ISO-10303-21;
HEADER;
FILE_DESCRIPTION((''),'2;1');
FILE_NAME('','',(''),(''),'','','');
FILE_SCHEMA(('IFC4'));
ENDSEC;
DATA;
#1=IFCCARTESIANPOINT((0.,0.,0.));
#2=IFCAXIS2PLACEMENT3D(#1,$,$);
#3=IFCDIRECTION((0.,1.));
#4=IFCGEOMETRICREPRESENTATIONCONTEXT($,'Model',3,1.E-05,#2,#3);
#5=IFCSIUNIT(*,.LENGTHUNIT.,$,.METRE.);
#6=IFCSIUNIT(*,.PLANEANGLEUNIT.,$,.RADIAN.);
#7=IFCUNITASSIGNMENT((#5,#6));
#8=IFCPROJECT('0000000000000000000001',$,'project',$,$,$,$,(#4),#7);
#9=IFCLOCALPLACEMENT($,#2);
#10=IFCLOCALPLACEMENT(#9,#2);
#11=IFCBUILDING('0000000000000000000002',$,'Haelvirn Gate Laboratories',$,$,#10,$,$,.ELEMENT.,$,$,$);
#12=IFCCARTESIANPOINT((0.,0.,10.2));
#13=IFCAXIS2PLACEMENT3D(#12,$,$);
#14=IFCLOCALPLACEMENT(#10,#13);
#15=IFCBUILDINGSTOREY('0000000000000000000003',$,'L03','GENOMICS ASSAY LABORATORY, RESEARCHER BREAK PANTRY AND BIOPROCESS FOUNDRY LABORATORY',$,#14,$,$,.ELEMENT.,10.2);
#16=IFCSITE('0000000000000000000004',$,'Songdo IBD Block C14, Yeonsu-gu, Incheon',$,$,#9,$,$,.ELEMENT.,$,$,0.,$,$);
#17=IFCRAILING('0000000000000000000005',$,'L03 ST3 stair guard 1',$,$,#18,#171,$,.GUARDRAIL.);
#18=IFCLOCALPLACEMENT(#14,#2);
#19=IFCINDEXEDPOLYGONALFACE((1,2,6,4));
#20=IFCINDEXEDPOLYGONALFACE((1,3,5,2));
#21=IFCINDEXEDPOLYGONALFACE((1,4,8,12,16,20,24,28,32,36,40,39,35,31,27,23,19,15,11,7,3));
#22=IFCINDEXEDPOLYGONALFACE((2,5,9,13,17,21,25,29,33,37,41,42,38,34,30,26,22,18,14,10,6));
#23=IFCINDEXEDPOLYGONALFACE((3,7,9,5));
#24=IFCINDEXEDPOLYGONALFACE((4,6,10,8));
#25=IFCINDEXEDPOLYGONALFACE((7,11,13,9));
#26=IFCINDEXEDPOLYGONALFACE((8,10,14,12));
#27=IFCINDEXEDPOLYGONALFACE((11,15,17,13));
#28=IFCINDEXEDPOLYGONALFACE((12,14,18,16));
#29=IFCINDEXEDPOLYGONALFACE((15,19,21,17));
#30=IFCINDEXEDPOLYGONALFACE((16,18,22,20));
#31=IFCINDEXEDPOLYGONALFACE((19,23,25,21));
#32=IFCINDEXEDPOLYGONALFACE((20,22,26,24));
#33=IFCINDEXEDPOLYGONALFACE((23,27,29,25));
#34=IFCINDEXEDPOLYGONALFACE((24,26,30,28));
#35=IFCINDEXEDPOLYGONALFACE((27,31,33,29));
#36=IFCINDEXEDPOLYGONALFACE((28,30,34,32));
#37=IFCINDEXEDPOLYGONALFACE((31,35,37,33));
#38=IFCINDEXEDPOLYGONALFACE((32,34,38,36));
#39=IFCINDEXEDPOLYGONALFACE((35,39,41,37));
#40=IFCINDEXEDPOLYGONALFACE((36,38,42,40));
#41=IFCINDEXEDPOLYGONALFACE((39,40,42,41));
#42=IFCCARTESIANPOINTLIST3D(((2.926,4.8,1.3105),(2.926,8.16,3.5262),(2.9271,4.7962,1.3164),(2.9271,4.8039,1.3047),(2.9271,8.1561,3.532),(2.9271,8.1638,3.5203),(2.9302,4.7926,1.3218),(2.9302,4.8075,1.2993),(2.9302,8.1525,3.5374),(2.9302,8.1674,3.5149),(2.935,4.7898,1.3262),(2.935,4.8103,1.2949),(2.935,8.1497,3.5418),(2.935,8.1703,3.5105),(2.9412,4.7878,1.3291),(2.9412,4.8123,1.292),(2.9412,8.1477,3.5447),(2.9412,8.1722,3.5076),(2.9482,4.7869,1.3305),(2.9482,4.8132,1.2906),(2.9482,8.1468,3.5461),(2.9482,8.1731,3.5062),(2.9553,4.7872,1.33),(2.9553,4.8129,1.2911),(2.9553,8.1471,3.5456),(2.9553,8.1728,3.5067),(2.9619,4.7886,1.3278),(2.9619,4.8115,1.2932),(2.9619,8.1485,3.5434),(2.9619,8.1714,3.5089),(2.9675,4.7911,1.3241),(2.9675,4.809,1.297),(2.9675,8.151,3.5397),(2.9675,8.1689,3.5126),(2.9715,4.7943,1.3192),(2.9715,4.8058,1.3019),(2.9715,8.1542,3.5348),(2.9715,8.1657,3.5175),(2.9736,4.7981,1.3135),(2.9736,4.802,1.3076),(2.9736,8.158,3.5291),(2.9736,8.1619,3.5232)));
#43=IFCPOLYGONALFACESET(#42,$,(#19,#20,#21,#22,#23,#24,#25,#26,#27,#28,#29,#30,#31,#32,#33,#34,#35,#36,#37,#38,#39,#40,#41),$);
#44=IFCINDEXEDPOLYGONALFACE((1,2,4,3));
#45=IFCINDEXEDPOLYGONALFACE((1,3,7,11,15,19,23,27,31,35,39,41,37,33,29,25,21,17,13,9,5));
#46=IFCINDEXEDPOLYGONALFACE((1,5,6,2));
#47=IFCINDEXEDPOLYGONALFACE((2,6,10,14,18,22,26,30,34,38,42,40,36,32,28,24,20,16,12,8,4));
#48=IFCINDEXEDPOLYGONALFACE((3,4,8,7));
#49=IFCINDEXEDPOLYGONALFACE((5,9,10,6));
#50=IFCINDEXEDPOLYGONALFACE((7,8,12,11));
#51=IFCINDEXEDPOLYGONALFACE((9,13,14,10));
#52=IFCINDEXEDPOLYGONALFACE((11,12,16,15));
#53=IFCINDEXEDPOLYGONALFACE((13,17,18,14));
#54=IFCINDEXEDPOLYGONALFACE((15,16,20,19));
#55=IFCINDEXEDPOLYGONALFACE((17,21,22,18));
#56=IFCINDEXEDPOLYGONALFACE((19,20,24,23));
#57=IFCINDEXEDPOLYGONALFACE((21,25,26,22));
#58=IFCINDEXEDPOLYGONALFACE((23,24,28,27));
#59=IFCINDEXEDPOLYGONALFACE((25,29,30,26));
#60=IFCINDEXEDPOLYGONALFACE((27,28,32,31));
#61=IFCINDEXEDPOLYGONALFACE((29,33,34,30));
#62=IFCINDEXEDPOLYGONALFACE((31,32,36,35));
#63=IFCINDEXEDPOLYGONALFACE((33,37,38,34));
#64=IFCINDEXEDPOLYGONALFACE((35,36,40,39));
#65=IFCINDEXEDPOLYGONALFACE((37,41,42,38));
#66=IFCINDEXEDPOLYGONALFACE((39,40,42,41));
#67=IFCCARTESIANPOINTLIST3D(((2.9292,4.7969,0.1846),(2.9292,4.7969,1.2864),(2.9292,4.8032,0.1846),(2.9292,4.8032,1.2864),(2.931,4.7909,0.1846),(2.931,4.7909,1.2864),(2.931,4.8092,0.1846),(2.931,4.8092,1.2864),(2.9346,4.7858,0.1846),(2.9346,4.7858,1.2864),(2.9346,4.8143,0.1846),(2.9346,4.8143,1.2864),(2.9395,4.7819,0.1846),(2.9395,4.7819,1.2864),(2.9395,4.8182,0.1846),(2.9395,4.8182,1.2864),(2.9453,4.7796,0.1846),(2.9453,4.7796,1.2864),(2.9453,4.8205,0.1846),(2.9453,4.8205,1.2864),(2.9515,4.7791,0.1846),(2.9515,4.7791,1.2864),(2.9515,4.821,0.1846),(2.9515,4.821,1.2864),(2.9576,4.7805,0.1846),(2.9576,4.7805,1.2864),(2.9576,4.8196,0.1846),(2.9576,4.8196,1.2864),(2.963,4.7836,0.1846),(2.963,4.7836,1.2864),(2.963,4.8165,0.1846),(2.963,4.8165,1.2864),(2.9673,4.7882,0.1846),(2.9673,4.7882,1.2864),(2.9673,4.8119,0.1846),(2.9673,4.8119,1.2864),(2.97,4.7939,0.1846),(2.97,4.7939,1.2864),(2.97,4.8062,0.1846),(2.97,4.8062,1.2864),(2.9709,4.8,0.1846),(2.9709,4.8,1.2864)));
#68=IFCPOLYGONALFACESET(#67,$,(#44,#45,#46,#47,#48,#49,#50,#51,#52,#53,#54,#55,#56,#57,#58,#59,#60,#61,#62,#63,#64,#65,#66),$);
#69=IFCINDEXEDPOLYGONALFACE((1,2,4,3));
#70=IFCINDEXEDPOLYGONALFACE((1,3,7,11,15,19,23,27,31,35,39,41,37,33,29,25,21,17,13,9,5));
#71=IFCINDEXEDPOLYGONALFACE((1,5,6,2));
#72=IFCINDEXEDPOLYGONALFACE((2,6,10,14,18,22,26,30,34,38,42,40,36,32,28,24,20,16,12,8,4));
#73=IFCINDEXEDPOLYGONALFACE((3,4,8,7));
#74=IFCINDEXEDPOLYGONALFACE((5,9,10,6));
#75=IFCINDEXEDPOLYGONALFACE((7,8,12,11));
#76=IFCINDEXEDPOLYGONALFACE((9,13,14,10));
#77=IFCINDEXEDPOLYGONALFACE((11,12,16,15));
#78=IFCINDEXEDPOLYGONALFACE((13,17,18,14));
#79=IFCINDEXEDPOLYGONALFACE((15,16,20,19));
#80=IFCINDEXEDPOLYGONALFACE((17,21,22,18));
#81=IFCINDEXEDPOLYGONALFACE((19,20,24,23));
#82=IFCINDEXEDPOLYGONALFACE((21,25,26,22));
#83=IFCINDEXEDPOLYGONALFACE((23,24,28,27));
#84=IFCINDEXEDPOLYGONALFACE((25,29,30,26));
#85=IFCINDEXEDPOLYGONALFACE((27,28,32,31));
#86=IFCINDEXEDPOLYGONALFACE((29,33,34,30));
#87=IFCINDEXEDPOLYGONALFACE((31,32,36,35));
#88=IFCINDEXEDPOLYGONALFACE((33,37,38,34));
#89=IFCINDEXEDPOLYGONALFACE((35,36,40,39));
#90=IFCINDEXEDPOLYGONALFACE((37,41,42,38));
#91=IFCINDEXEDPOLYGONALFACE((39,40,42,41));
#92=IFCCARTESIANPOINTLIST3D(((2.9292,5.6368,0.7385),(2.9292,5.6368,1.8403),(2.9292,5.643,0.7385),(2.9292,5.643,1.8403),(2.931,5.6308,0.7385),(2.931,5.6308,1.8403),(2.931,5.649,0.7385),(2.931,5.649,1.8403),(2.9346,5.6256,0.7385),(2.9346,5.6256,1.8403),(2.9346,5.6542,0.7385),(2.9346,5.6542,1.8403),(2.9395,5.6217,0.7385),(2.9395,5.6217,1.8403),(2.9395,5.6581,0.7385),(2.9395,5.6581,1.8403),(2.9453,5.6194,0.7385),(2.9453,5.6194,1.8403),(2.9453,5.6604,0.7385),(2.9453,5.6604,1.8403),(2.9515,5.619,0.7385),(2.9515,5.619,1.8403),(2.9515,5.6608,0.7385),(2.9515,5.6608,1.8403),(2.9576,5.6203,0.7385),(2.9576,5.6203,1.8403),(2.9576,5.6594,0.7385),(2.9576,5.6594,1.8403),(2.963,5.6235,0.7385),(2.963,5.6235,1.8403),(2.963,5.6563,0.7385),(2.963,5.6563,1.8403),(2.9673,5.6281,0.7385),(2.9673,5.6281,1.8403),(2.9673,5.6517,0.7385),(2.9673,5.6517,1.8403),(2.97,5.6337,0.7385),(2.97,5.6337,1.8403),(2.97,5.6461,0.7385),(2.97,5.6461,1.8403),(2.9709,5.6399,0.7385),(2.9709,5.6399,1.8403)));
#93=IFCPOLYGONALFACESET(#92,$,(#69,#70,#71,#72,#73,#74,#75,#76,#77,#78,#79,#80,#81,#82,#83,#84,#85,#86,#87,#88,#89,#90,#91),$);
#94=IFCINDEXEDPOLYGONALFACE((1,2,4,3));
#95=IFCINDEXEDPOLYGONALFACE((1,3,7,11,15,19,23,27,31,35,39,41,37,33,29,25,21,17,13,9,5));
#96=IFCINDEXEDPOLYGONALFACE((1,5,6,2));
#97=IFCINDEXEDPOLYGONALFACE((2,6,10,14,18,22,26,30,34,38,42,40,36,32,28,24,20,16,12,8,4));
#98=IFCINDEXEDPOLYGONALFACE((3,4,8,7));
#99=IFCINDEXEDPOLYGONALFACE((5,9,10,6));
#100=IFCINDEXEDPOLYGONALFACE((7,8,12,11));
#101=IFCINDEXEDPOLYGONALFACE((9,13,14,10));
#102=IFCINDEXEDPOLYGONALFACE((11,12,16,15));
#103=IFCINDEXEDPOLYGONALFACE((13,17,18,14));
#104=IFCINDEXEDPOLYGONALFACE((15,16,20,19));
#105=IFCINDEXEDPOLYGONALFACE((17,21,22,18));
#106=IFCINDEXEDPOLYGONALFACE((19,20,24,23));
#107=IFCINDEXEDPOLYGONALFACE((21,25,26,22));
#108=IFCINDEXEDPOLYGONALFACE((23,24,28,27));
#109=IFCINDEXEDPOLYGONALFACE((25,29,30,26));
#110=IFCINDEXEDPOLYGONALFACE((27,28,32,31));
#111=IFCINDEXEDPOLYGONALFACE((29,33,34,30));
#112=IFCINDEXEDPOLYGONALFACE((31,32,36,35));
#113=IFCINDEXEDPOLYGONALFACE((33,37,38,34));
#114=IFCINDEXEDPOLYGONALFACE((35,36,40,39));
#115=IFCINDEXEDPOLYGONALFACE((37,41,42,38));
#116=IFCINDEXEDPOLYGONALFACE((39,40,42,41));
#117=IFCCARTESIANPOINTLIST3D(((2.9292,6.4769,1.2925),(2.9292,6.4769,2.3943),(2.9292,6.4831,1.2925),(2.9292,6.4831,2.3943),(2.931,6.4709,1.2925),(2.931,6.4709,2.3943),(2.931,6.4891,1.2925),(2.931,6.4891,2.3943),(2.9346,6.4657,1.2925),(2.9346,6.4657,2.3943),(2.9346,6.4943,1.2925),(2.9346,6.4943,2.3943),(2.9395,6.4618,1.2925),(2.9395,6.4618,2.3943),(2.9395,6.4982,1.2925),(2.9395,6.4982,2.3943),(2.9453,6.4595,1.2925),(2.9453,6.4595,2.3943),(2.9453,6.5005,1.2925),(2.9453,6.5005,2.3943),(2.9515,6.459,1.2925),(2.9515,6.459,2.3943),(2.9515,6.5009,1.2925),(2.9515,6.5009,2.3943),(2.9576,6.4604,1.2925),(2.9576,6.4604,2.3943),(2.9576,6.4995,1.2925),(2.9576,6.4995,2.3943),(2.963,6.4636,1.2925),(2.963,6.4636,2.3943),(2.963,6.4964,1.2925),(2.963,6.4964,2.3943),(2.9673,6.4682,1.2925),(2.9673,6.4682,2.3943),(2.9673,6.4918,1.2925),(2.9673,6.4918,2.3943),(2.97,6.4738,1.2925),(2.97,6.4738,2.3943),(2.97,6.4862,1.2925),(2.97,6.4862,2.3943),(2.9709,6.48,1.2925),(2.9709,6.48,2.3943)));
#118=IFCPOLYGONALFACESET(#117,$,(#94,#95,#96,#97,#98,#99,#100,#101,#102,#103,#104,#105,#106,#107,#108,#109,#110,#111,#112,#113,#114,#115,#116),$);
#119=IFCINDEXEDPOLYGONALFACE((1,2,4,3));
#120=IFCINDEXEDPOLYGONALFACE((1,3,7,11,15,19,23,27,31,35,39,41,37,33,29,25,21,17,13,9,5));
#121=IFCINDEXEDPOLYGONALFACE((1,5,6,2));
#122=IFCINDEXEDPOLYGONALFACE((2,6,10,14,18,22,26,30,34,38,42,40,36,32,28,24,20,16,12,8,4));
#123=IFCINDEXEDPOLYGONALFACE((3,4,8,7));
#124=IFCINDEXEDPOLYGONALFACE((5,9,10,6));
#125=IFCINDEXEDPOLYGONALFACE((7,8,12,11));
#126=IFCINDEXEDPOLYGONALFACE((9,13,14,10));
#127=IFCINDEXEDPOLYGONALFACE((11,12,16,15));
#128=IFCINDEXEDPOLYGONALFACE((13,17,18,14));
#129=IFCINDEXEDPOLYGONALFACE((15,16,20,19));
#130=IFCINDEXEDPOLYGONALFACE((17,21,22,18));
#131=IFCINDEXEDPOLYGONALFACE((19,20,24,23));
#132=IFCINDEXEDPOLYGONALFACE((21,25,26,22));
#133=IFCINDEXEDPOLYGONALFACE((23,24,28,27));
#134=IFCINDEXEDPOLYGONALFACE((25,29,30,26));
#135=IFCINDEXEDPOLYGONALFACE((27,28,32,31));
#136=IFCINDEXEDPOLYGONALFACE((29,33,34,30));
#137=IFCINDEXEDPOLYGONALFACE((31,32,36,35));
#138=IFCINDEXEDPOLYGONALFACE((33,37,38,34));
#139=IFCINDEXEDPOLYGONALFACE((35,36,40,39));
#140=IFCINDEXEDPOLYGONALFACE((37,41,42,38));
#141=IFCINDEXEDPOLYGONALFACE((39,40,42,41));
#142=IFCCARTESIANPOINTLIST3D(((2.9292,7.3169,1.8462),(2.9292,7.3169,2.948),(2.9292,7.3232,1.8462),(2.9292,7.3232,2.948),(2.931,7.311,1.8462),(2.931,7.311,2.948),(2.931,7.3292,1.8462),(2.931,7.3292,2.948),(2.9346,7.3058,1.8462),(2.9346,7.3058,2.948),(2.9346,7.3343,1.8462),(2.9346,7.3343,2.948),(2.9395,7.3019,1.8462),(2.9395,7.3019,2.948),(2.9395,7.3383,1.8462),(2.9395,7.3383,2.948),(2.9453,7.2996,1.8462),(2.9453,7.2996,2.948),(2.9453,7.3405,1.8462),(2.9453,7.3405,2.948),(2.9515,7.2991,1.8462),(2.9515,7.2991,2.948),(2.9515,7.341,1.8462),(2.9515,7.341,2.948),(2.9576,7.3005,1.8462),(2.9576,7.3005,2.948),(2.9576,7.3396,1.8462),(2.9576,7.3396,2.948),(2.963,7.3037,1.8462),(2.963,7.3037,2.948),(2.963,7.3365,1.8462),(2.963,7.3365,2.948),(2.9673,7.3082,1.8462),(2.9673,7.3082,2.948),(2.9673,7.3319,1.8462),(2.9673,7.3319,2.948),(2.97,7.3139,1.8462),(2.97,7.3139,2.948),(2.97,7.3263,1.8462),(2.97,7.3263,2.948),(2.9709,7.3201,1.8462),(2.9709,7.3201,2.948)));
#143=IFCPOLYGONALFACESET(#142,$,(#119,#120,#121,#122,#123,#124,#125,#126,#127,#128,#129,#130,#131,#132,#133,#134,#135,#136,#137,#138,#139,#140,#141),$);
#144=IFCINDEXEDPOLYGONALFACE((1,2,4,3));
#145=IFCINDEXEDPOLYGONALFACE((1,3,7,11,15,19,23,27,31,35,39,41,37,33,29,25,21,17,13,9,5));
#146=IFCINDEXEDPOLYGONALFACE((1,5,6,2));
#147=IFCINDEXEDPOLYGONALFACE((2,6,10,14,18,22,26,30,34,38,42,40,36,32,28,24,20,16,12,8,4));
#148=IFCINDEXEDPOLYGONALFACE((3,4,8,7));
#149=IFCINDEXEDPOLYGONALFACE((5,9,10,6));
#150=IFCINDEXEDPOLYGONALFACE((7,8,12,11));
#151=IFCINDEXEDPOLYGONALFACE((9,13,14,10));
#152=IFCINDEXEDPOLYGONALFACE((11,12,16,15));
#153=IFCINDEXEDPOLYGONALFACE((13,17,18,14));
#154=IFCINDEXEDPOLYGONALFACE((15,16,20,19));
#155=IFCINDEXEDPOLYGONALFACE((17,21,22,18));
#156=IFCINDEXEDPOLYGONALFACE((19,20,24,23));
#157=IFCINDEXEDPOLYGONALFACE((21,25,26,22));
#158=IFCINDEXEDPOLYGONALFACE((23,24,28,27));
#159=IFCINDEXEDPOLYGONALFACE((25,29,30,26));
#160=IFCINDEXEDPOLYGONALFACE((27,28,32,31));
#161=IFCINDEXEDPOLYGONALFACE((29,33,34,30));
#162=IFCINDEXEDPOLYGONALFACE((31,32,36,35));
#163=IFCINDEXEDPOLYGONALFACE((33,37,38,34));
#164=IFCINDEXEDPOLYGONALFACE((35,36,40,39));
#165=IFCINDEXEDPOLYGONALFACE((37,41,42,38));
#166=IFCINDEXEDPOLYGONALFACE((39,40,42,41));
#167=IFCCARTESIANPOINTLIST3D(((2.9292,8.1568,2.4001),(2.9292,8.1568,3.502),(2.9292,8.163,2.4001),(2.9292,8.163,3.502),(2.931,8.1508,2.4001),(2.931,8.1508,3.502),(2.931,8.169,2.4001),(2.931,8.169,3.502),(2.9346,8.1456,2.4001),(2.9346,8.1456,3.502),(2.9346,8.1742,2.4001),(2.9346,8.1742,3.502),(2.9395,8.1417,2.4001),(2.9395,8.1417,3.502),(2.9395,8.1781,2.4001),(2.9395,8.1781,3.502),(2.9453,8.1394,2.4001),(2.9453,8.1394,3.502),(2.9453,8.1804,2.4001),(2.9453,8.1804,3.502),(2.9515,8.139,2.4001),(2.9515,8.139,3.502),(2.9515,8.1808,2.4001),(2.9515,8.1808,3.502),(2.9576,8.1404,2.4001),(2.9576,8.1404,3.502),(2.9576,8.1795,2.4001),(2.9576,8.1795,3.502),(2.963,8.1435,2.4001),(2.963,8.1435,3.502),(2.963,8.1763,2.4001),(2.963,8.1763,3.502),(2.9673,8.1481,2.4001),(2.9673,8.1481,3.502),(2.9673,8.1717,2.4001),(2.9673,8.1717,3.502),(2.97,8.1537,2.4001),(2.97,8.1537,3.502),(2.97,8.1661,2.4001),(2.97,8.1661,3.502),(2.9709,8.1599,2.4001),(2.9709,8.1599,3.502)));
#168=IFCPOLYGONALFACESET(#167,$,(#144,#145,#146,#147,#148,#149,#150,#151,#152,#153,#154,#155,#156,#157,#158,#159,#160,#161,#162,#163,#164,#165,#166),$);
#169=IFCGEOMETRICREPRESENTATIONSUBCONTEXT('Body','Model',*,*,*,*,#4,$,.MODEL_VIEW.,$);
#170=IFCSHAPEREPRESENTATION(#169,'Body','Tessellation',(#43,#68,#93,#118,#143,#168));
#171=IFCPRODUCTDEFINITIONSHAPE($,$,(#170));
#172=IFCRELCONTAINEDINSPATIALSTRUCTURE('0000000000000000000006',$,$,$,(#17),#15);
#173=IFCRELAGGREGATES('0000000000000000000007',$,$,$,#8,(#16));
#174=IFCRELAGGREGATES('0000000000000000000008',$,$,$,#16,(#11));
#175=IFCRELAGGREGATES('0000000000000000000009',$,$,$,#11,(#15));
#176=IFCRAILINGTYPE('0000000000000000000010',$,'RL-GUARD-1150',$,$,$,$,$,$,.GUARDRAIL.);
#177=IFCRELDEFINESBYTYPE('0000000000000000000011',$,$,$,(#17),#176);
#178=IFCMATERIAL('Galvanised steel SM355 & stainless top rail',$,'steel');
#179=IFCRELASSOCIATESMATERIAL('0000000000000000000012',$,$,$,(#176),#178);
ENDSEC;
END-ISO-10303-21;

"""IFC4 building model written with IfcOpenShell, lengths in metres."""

from ifc_helpers import new_model, si_unit, direction, frame, origin, origin_2d, place, context, subcontext, project, spatial, circle, extrude, source, transform, mapped, material, type_object, element, save


model = new_model("IFC4")

# Units and contexts
model_context = context("Model", 3, precision=1e-05, world=origin(), true_north=direction((0.0, 1.0)))
body_context = subcontext(model_context, "Body", "Model", "MODEL_VIEW")
ifc_project = project(units=[si_unit("LENGTHUNIT", "METRE"), si_unit("PLANEANGLEUNIT", "RADIAN")], contexts=[model_context])

# Site, building, storey
site_placement = place(None, origin())
site = spatial("IfcSite", under=ifc_project, at=site_placement, Name="Songdo IBD Block C14, Yeonsu-gu, Incheon", CompositionType="ELEMENT", RefElevation=0.0)
building_placement = place(site_placement, origin())
building = spatial("IfcBuilding", under=site, at=building_placement, Name="Haelvirn Gate Laboratories", CompositionType="ELEMENT")
storey_placement = place(building_placement, frame((0.0, 0.0, 10.2)))
storey = spatial("IfcBuildingStorey", under=building, at=storey_placement, Name="L03", Description="GENOMICS ASSAY LABORATORY, RESEARCHER BREAK PANTRY AND BIOPROCESS FOUNDRY LABORATORY", CompositionType="ELEMENT", Elevation=10.2)

# Railing
ifc_material_1 = material(Name="Galvanised steel SM355 & stainless top rail", Category="steel")
railing_type_1 = type_object("IfcRailingType", Name="RL-GUARD-1150", PredefinedType="GUARDRAIL", material=ifc_material_1)
shared_shape_1 = source(origin(), body_context, "Body", "SweptSolid", [
    extrude(circle(Radius=0.0239, at=origin_2d()), frame((0.0, 0.0, 1.126), z_axis=(0.0, 0.83483, 0.550508), x_axis=(-1.0, 0.0, 0.0)), (0.0, 0.0, 1.0), 4.0247),
    extrude(circle(Radius=0.021, at=origin_2d()), origin(), (0.0, 0.0, 1.0), 1.1018),
    extrude(circle(Radius=0.021, at=origin_2d()), frame((0.0, 0.8398, 0.554)), (0.0, 0.0, 1.0), 1.1018),
    extrude(circle(Radius=0.021, at=origin_2d()), frame((0.0, 1.6799, 1.1079)), (0.0, 0.0, 1.0), 1.1018),
    extrude(circle(Radius=0.021, at=origin_2d()), frame((0.0, 2.52, 1.6616)), (0.0, 0.0, 1.0), 1.1018),
    extrude(circle(Radius=0.021, at=origin_2d()), frame((0.0, 3.3599, 2.2156)), (0.0, 0.0, 1.0), 1.1018),
])
railing_1_placement = place(storey_placement, frame((2.95, 4.8, 0.1846)))
element("IfcRailing", 1, at=railing_1_placement, inside=storey, type_object=railing_type_1, Name="L03 ST3 stair guard 1", PredefinedType="GUARDRAIL", context=body_context, shape_type="MappedRepresentation", body=[
    mapped(shared_shape_1, transform((0.0, 0.0, 0.0), scale=1.0)),
])

save(model, "model.ifc")
